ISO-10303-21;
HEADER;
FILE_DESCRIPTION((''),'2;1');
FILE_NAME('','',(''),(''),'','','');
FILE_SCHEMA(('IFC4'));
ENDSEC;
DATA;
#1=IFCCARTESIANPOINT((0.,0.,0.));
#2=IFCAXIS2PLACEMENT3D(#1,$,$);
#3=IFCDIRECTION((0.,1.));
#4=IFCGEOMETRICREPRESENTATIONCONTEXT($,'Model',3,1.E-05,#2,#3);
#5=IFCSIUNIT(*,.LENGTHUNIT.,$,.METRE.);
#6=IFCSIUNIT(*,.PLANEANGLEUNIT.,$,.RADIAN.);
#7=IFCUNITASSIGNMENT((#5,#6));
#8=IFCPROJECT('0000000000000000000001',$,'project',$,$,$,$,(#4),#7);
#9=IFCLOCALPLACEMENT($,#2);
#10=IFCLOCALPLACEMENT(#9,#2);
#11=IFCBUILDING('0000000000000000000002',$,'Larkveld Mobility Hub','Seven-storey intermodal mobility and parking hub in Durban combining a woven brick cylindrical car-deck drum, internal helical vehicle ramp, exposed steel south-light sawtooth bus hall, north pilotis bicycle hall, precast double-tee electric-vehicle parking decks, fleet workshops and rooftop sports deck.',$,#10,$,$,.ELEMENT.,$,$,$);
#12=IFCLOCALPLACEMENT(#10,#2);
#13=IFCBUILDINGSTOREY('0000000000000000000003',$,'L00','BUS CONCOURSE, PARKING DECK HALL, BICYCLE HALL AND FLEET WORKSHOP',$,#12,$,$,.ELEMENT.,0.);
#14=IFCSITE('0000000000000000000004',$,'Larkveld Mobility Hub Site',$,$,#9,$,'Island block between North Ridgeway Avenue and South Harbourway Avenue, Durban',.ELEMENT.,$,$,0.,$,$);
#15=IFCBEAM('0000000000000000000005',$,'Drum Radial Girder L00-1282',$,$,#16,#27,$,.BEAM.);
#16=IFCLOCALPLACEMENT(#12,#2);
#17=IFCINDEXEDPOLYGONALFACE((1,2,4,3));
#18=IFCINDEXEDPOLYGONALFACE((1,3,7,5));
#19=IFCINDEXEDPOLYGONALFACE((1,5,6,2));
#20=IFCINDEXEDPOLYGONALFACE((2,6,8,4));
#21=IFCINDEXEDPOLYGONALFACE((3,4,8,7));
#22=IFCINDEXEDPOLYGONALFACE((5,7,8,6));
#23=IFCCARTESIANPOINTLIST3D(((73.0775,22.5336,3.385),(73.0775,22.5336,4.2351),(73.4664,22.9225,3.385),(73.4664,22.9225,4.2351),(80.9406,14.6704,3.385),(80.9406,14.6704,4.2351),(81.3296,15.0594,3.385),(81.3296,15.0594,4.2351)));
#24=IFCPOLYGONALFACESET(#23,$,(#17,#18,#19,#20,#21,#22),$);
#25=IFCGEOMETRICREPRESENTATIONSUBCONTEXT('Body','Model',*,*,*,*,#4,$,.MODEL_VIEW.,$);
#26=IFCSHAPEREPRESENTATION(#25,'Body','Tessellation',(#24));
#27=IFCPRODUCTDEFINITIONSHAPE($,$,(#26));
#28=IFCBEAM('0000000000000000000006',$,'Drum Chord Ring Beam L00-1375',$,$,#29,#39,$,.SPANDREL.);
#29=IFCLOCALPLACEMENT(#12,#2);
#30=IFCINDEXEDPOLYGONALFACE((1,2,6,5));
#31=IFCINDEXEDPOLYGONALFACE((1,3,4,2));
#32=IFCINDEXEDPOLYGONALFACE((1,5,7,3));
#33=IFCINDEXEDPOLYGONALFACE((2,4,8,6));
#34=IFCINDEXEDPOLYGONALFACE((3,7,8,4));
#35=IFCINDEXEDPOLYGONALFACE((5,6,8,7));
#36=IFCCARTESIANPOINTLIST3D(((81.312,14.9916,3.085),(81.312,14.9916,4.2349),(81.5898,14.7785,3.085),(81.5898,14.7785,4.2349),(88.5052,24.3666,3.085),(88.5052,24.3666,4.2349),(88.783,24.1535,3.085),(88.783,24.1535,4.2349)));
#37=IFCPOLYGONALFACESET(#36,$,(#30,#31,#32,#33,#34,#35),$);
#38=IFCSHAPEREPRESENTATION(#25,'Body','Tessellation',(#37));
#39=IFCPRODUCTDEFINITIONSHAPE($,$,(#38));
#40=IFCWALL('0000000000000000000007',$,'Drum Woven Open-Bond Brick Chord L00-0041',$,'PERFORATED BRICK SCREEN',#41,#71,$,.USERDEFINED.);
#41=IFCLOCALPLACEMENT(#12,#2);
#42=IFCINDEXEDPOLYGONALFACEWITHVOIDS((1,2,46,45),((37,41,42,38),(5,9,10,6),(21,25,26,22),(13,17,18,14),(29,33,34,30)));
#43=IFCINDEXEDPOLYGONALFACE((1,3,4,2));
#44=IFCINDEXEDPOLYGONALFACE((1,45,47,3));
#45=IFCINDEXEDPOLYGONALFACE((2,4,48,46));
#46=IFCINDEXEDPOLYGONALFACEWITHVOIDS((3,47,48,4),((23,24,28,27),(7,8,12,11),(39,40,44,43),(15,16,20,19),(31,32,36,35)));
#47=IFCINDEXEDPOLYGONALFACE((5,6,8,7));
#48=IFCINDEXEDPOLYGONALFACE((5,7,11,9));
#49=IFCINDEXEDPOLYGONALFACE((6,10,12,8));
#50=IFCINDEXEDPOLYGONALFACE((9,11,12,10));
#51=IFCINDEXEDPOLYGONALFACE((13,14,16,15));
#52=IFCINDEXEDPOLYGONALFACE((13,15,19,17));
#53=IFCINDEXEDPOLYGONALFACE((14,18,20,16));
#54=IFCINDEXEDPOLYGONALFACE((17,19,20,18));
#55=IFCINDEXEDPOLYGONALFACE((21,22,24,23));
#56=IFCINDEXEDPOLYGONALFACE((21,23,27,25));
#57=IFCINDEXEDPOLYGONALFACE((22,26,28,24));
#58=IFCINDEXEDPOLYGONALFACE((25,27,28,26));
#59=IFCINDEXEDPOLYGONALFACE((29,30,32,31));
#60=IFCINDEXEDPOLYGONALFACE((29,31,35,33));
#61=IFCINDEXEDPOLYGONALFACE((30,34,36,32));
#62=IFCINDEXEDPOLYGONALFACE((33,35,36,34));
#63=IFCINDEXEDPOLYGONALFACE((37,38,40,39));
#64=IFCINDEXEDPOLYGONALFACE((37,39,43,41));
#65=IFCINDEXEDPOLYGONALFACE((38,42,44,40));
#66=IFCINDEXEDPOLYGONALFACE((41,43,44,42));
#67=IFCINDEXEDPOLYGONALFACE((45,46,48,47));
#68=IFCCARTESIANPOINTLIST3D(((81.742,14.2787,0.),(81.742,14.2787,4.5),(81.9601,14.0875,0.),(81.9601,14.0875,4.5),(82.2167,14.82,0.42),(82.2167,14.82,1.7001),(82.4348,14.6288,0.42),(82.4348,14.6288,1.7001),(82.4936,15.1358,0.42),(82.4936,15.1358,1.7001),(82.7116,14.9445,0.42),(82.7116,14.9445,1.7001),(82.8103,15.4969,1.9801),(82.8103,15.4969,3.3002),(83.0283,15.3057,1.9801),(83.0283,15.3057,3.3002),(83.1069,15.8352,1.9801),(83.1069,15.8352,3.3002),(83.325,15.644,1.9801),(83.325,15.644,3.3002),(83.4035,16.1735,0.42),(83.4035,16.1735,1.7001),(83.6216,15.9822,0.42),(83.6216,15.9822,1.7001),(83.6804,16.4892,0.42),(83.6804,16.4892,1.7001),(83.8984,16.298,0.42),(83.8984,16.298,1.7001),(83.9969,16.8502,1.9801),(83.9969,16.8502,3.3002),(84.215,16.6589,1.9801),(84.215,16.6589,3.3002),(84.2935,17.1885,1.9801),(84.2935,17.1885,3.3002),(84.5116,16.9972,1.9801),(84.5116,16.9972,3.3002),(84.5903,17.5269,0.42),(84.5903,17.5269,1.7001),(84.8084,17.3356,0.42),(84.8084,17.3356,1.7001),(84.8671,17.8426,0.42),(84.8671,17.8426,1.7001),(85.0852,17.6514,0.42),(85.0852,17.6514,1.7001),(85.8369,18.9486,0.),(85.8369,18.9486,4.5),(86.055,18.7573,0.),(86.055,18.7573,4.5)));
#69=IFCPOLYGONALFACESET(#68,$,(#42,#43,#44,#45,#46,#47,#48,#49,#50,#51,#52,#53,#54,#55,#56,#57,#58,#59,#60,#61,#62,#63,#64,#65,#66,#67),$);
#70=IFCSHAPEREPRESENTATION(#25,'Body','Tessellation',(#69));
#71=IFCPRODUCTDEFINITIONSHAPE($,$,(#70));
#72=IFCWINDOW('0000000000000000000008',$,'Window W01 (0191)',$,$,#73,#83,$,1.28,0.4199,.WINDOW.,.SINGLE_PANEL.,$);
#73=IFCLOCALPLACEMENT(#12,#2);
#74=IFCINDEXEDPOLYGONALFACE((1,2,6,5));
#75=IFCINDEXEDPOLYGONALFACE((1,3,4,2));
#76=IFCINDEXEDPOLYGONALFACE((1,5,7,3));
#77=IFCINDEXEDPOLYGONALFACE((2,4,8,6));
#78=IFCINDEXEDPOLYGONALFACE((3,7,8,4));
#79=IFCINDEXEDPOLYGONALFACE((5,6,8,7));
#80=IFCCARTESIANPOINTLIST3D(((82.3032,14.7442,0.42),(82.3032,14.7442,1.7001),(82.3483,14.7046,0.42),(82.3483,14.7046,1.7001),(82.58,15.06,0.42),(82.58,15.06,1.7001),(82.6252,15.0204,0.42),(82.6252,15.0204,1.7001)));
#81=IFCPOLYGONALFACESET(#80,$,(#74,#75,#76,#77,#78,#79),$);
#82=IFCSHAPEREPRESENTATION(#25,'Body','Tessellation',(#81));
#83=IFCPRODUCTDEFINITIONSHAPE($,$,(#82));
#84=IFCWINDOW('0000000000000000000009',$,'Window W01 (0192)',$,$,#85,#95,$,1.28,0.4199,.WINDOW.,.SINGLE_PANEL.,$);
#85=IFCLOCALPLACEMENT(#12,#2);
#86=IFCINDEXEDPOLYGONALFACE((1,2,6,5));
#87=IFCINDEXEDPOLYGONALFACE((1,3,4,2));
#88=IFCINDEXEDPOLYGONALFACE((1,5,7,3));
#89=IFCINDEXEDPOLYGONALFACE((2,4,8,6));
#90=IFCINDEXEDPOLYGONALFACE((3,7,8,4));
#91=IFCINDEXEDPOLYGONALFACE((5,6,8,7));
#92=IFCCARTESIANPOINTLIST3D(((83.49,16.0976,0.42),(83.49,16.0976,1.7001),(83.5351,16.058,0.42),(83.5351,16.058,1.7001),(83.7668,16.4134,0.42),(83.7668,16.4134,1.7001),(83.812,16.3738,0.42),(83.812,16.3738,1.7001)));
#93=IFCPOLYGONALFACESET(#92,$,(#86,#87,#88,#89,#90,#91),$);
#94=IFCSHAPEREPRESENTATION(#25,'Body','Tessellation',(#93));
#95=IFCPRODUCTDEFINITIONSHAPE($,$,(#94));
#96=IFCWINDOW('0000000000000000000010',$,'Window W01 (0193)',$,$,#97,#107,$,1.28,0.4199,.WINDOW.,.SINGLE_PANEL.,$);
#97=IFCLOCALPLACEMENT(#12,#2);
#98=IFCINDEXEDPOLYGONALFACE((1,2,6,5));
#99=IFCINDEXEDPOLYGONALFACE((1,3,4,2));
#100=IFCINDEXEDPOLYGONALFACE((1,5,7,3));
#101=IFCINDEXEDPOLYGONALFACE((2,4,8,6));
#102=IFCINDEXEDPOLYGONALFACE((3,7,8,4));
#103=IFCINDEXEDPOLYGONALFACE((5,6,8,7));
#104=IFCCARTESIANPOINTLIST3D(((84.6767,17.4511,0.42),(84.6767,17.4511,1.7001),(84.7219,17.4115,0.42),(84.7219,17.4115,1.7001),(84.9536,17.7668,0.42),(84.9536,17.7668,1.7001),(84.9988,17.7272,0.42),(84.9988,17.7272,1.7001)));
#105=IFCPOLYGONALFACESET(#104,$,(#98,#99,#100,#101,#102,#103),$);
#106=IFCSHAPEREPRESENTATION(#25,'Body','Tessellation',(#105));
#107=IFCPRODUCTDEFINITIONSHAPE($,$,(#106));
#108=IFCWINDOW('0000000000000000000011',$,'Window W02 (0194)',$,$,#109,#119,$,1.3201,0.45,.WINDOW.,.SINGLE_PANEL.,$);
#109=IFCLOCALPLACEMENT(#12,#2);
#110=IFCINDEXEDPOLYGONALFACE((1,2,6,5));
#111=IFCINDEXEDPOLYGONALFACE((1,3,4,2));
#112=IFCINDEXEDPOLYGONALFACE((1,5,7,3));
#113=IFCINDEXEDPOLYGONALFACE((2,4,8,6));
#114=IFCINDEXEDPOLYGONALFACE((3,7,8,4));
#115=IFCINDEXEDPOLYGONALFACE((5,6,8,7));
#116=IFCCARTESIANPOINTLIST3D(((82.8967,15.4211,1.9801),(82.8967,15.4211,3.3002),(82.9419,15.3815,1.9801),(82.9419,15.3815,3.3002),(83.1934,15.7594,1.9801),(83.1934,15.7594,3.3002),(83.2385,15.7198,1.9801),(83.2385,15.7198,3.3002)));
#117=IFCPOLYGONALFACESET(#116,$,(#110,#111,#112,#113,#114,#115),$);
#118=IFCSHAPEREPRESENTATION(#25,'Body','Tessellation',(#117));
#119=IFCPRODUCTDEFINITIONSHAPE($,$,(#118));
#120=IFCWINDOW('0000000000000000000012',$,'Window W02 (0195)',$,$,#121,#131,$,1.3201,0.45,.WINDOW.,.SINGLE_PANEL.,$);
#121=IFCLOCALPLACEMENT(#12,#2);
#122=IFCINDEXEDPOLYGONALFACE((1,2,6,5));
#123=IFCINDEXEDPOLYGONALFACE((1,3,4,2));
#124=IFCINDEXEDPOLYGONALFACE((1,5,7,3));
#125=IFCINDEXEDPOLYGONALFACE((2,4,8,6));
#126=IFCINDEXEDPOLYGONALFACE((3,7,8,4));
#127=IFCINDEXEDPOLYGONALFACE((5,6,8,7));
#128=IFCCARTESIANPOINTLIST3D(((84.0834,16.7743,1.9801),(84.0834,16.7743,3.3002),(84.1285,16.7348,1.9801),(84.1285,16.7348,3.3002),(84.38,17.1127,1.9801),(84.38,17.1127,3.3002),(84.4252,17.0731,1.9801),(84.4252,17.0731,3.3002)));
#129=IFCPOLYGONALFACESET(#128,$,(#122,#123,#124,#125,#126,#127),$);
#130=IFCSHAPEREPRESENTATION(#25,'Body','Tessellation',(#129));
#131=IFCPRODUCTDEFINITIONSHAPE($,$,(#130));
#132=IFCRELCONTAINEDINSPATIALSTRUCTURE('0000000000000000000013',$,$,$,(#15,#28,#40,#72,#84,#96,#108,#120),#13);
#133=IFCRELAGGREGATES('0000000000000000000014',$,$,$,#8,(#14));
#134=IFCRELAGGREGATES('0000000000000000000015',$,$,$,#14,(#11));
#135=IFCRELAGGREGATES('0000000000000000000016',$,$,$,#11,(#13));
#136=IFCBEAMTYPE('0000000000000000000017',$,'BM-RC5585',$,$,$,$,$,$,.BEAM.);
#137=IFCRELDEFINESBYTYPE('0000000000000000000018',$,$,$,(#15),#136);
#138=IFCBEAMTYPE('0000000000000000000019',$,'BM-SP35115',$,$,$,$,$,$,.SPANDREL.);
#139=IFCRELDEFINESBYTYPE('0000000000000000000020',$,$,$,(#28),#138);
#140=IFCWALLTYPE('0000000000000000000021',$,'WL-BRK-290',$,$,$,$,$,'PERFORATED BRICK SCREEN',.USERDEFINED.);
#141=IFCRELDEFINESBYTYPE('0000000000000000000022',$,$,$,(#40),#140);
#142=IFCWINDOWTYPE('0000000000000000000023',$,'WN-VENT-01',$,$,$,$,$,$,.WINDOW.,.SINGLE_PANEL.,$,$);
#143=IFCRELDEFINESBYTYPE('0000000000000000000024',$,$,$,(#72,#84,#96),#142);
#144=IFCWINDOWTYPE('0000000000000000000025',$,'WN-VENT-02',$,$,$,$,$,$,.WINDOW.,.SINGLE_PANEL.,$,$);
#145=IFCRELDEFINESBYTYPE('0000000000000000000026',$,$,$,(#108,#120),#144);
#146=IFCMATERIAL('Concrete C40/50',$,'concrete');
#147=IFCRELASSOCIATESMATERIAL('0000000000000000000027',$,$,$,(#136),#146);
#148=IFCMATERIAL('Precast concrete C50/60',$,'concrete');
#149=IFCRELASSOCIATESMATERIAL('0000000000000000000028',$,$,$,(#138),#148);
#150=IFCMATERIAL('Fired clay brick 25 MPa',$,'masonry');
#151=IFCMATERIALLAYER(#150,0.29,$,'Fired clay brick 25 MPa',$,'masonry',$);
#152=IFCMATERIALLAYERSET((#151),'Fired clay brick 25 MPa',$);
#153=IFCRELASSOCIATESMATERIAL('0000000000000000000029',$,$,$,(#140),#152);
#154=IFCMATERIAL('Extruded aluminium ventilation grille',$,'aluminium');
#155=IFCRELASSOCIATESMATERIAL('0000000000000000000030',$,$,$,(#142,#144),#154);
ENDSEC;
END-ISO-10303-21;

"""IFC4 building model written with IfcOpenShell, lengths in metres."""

from ifc_helpers import new_model, si_unit, direction, frame, frame_2d, origin, origin_2d, place, context, subcontext, project, spatial, rectangle, extrude, material, layer, layer_set, material_profile, profile_set, type_object, element, fill, save


model = new_model("IFC4")

# Units and contexts
model_context = context("Model", 3, precision=1e-05, world=origin(), true_north=direction((0.0, 1.0)))
body_context = subcontext(model_context, "Body", "Model", "MODEL_VIEW")
ifc_project = project(units=[si_unit("LENGTHUNIT", "METRE"), si_unit("PLANEANGLEUNIT", "RADIAN")], contexts=[model_context])

# Site, building, storey
site_placement = place(None, origin())
site = spatial("IfcSite", under=ifc_project, at=site_placement, Name="Larkveld Mobility Hub Site", LongName="Island block between North Ridgeway Avenue and South Harbourway Avenue, Durban", CompositionType="ELEMENT", RefElevation=0.0)
building_placement = place(site_placement, origin())
building = spatial("IfcBuilding", under=site, at=building_placement, Name="Larkveld Mobility Hub", Description="Seven-storey intermodal mobility and parking hub in Durban combining a woven brick cylindrical car-deck drum, internal helical vehicle ramp, exposed steel south-light sawtooth bus hall, north pilotis bicycle hall, precast double-tee electric-vehicle parking decks, fleet workshops and rooftop sports deck.", CompositionType="ELEMENT")
storey_placement = place(building_placement, origin())
storey = spatial("IfcBuildingStorey", under=building, at=storey_placement, Name="L00", Description="BUS CONCOURSE, PARKING DECK HALL, BICYCLE HALL AND FLEET WORKSHOP", CompositionType="ELEMENT", Elevation=0.0)

# Shared definitions
ifc_material_1 = material(Name="Concrete C40/50", Category="concrete")

# Beams
ifc_material_profile_1 = material_profile(ifc_material_1, rectangle(XDim=0.55, YDim=0.8501, at=origin_2d()), Name="RC BM 550x850")
ifc_profile_set_1 = profile_set([ifc_material_profile_1], Name="Concrete C40/50")
beam_type_1 = type_object("IfcBeamType", Name="BM-RC5585", PredefinedType="BEAM", material=ifc_profile_set_1)
beam_1_placement = place(storey_placement, frame((73.272, 22.728, 3.8101), z_axis=(0.707107, -0.707107, 0.0), x_axis=(0.707107, 0.707107, 0.0)))
element("IfcBeam", 1, at=beam_1_placement, inside=storey, type_object=beam_type_1, Name="Drum Radial Girder L00-1282", PredefinedType="BEAM", context=body_context, shape_type="SweptSolid", body=[
    extrude(rectangle(XDim=0.55, YDim=0.8501, at=origin_2d()), origin(), (0.0, 0.0, 1.0), 11.1201),
])
ifc_material_2 = material(Name="Precast concrete C50/60", Category="concrete")
ifc_material_profile_2 = material_profile(ifc_material_2, rectangle(XDim=0.3501, YDim=1.1499, at=origin_2d()), Name="PC SP 350x1150")
ifc_profile_set_2 = profile_set([ifc_material_profile_2], Name="Precast concrete C50/60")
beam_type_2 = type_object("IfcBeamType", Name="BM-SP35115", PredefinedType="SPANDREL", material=ifc_profile_set_2)
beam_2_placement = place(storey_placement, frame((81.4509, 14.885, 3.6599), z_axis=(0.608731, 0.793377, 0.0), x_axis=(-0.793377, 0.608731, 0.0)))
element("IfcBeam", 2, at=beam_2_placement, inside=storey, type_object=beam_type_2, Name="Drum Chord Ring Beam L00-1375", PredefinedType="SPANDREL", context=body_context, shape_type="SweptSolid", body=[
    extrude(rectangle(XDim=0.3501, YDim=1.1499, at=origin_2d()), origin(), (0.0, 0.0, 1.0), 11.8167),
])

# Wall, openings, windows
ifc_material_3 = material(Name="Fired clay brick 25 MPa", Category="masonry")
ifc_layer_1 = layer(ifc_material_3, 0.29, Name="Fired clay brick 25 MPa", Category="masonry")
ifc_layer_set_1 = layer_set([ifc_layer_1], Name="Fired clay brick 25 MPa")
wall_type_1 = type_object("IfcWallType", Name="WL-BRK-290", ElementType="PERFORATED BRICK SCREEN", PredefinedType="USERDEFINED", material=ifc_layer_set_1)
wall_1_placement = place(storey_placement, frame((81.8511, 14.1831, 0.0), z_axis=(0.0, 0.0, 1.0), x_axis=(0.659306, 0.751875, 0.0)))
wall_1 = element("IfcWall", 3, at=wall_1_placement, inside=storey, type_object=wall_type_1, Name="Drum Woven Open-Bond Brick Chord L00-0041", ObjectType="PERFORATED BRICK SCREEN", PredefinedType="USERDEFINED", context=body_context, shape_type="SweptSolid", body=[
    extrude(rectangle(XDim=6.2109, YDim=0.29, at=frame_2d((3.1055, 0.0))), origin(), (0.0, 0.0, 1.0), 4.5),
])
opening_1_placement = place(wall_1_placement, frame((0.72, 0.0, 0.4199)))
opening_1 = element("IfcOpeningElement", 4, at=opening_1_placement, cuts=wall_1, PredefinedType="OPENING", context=body_context, shape_type="SweptSolid", body=[
    extrude(rectangle(XDim=0.4199, YDim=1.28, at=frame_2d((0.21, 0.6401))), frame((0.0, 0.155, 0.0), z_axis=(0.0, -1.0, 0.0), x_axis=(1.0, 0.0, 0.0)), (0.0, 0.0, 1.0), 0.3101),
])
opening_2_placement = place(wall_1_placement, frame((2.52, 0.0, 0.4199)))
opening_2 = element("IfcOpeningElement", 5, at=opening_2_placement, cuts=wall_1, PredefinedType="OPENING", context=body_context, shape_type="SweptSolid", body=[
    extrude(rectangle(XDim=0.4199, YDim=1.28, at=frame_2d((0.21, 0.6401))), frame((0.0, 0.155, 0.0), z_axis=(0.0, -1.0, 0.0), x_axis=(1.0, 0.0, 0.0)), (0.0, 0.0, 1.0), 0.3101),
])
opening_3_placement = place(wall_1_placement, frame((4.3201, 0.0, 0.4199)))
opening_3 = element("IfcOpeningElement", 6, at=opening_3_placement, cuts=wall_1, PredefinedType="OPENING", context=body_context, shape_type="SweptSolid", body=[
    extrude(rectangle(XDim=0.4199, YDim=1.28, at=frame_2d((0.21, 0.6401))), frame((0.0, 0.155, 0.0), z_axis=(0.0, -1.0, 0.0), x_axis=(1.0, 0.0, 0.0)), (0.0, 0.0, 1.0), 0.3101),
])
opening_4_placement = place(wall_1_placement, frame((1.6201, 0.0, 1.98)))
opening_4 = element("IfcOpeningElement", 7, at=opening_4_placement, cuts=wall_1, PredefinedType="OPENING", context=body_context, shape_type="SweptSolid", body=[
    extrude(rectangle(XDim=0.45, YDim=1.3201, at=frame_2d((0.2251, 0.6602))), frame((0.0, 0.155, 0.0), z_axis=(0.0, -1.0, 0.0), x_axis=(1.0, 0.0, 0.0)), (0.0, 0.0, 1.0), 0.3101),
])
opening_5_placement = place(wall_1_placement, frame((3.4199, 0.0, 1.98)))
opening_5 = element("IfcOpeningElement", 8, at=opening_5_placement, cuts=wall_1, PredefinedType="OPENING", context=body_context, shape_type="SweptSolid", body=[
    extrude(rectangle(XDim=0.45, YDim=1.3201, at=frame_2d((0.2251, 0.6602))), frame((0.0, 0.155, 0.0), z_axis=(0.0, -1.0, 0.0), x_axis=(1.0, 0.0, 0.0)), (0.0, 0.0, 1.0), 0.3101),
])
ifc_material_4 = material(Name="Extruded aluminium ventilation grille", Category="aluminium")
window_type_1 = type_object("IfcWindowType", Name="WN-VENT-01", PartitioningType="SINGLE_PANEL", PredefinedType="WINDOW", material=ifc_material_4)
window_1_placement = place(opening_1_placement, origin())
window_1 = element("IfcWindow", 9, at=window_1_placement, inside=storey, type_object=window_type_1, Name="Window W01 (0191)", OverallHeight=1.28, OverallWidth=0.4199, PartitioningType="SINGLE_PANEL", PredefinedType="WINDOW", context=body_context, shape_type="SweptSolid", body=[
    extrude(rectangle(XDim=0.4199, YDim=1.28, at=frame_2d((0.21, 0.6401))), frame((0.0, 0.03, 0.0), z_axis=(0.0, -1.0, 0.0), x_axis=(1.0, 0.0, 0.0)), (0.0, 0.0, 1.0), 0.0601),
])
fill(opening_1, window_1)
window_2_placement = place(opening_2_placement, origin())
window_2 = element("IfcWindow", 10, at=window_2_placement, inside=storey, type_object=window_type_1, Name="Window W01 (0192)", OverallHeight=1.28, OverallWidth=0.4199, PartitioningType="SINGLE_PANEL", PredefinedType="WINDOW", context=body_context, shape_type="SweptSolid", body=[
    extrude(rectangle(XDim=0.4199, YDim=1.28, at=frame_2d((0.21, 0.6401))), frame((0.0, 0.03, 0.0), z_axis=(0.0, -1.0, 0.0), x_axis=(1.0, 0.0, 0.0)), (0.0, 0.0, 1.0), 0.0601),
])
fill(opening_2, window_2)
window_3_placement = place(opening_3_placement, origin())
window_3 = element("IfcWindow", 11, at=window_3_placement, inside=storey, type_object=window_type_1, Name="Window W01 (0193)", OverallHeight=1.28, OverallWidth=0.4199, PartitioningType="SINGLE_PANEL", PredefinedType="WINDOW", context=body_context, shape_type="SweptSolid", body=[
    extrude(rectangle(XDim=0.4199, YDim=1.28, at=frame_2d((0.21, 0.6401))), frame((0.0, 0.03, 0.0), z_axis=(0.0, -1.0, 0.0), x_axis=(1.0, 0.0, 0.0)), (0.0, 0.0, 1.0), 0.0601),
])
fill(opening_3, window_3)
window_type_2 = type_object("IfcWindowType", Name="WN-VENT-02", PartitioningType="SINGLE_PANEL", PredefinedType="WINDOW", material=ifc_material_4)
window_4_placement = place(opening_4_placement, origin())
window_4 = element("IfcWindow", 12, at=window_4_placement, inside=storey, type_object=window_type_2, Name="Window W02 (0194)", OverallHeight=1.3201, OverallWidth=0.45, PartitioningType="SINGLE_PANEL", PredefinedType="WINDOW", context=body_context, shape_type="SweptSolid", body=[
    extrude(rectangle(XDim=0.45, YDim=1.3201, at=frame_2d((0.2251, 0.6602))), frame((0.0, 0.03, 0.0), z_axis=(0.0, -1.0, 0.0), x_axis=(1.0, 0.0, 0.0)), (0.0, 0.0, 1.0), 0.0601),
])
fill(opening_4, window_4)
window_5_placement = place(opening_5_placement, origin())
window_5 = element("IfcWindow", 13, at=window_5_placement, inside=storey, type_object=window_type_2, Name="Window W02 (0195)", OverallHeight=1.3201, OverallWidth=0.45, PartitioningType="SINGLE_PANEL", PredefinedType="WINDOW", context=body_context, shape_type="SweptSolid", body=[
    extrude(rectangle(XDim=0.45, YDim=1.3201, at=frame_2d((0.2251, 0.6602))), frame((0.0, 0.03, 0.0), z_axis=(0.0, -1.0, 0.0), x_axis=(1.0, 0.0, 0.0)), (0.0, 0.0, 1.0), 0.0601),
])
fill(opening_5, window_5)

save(model, "model.ifc")
